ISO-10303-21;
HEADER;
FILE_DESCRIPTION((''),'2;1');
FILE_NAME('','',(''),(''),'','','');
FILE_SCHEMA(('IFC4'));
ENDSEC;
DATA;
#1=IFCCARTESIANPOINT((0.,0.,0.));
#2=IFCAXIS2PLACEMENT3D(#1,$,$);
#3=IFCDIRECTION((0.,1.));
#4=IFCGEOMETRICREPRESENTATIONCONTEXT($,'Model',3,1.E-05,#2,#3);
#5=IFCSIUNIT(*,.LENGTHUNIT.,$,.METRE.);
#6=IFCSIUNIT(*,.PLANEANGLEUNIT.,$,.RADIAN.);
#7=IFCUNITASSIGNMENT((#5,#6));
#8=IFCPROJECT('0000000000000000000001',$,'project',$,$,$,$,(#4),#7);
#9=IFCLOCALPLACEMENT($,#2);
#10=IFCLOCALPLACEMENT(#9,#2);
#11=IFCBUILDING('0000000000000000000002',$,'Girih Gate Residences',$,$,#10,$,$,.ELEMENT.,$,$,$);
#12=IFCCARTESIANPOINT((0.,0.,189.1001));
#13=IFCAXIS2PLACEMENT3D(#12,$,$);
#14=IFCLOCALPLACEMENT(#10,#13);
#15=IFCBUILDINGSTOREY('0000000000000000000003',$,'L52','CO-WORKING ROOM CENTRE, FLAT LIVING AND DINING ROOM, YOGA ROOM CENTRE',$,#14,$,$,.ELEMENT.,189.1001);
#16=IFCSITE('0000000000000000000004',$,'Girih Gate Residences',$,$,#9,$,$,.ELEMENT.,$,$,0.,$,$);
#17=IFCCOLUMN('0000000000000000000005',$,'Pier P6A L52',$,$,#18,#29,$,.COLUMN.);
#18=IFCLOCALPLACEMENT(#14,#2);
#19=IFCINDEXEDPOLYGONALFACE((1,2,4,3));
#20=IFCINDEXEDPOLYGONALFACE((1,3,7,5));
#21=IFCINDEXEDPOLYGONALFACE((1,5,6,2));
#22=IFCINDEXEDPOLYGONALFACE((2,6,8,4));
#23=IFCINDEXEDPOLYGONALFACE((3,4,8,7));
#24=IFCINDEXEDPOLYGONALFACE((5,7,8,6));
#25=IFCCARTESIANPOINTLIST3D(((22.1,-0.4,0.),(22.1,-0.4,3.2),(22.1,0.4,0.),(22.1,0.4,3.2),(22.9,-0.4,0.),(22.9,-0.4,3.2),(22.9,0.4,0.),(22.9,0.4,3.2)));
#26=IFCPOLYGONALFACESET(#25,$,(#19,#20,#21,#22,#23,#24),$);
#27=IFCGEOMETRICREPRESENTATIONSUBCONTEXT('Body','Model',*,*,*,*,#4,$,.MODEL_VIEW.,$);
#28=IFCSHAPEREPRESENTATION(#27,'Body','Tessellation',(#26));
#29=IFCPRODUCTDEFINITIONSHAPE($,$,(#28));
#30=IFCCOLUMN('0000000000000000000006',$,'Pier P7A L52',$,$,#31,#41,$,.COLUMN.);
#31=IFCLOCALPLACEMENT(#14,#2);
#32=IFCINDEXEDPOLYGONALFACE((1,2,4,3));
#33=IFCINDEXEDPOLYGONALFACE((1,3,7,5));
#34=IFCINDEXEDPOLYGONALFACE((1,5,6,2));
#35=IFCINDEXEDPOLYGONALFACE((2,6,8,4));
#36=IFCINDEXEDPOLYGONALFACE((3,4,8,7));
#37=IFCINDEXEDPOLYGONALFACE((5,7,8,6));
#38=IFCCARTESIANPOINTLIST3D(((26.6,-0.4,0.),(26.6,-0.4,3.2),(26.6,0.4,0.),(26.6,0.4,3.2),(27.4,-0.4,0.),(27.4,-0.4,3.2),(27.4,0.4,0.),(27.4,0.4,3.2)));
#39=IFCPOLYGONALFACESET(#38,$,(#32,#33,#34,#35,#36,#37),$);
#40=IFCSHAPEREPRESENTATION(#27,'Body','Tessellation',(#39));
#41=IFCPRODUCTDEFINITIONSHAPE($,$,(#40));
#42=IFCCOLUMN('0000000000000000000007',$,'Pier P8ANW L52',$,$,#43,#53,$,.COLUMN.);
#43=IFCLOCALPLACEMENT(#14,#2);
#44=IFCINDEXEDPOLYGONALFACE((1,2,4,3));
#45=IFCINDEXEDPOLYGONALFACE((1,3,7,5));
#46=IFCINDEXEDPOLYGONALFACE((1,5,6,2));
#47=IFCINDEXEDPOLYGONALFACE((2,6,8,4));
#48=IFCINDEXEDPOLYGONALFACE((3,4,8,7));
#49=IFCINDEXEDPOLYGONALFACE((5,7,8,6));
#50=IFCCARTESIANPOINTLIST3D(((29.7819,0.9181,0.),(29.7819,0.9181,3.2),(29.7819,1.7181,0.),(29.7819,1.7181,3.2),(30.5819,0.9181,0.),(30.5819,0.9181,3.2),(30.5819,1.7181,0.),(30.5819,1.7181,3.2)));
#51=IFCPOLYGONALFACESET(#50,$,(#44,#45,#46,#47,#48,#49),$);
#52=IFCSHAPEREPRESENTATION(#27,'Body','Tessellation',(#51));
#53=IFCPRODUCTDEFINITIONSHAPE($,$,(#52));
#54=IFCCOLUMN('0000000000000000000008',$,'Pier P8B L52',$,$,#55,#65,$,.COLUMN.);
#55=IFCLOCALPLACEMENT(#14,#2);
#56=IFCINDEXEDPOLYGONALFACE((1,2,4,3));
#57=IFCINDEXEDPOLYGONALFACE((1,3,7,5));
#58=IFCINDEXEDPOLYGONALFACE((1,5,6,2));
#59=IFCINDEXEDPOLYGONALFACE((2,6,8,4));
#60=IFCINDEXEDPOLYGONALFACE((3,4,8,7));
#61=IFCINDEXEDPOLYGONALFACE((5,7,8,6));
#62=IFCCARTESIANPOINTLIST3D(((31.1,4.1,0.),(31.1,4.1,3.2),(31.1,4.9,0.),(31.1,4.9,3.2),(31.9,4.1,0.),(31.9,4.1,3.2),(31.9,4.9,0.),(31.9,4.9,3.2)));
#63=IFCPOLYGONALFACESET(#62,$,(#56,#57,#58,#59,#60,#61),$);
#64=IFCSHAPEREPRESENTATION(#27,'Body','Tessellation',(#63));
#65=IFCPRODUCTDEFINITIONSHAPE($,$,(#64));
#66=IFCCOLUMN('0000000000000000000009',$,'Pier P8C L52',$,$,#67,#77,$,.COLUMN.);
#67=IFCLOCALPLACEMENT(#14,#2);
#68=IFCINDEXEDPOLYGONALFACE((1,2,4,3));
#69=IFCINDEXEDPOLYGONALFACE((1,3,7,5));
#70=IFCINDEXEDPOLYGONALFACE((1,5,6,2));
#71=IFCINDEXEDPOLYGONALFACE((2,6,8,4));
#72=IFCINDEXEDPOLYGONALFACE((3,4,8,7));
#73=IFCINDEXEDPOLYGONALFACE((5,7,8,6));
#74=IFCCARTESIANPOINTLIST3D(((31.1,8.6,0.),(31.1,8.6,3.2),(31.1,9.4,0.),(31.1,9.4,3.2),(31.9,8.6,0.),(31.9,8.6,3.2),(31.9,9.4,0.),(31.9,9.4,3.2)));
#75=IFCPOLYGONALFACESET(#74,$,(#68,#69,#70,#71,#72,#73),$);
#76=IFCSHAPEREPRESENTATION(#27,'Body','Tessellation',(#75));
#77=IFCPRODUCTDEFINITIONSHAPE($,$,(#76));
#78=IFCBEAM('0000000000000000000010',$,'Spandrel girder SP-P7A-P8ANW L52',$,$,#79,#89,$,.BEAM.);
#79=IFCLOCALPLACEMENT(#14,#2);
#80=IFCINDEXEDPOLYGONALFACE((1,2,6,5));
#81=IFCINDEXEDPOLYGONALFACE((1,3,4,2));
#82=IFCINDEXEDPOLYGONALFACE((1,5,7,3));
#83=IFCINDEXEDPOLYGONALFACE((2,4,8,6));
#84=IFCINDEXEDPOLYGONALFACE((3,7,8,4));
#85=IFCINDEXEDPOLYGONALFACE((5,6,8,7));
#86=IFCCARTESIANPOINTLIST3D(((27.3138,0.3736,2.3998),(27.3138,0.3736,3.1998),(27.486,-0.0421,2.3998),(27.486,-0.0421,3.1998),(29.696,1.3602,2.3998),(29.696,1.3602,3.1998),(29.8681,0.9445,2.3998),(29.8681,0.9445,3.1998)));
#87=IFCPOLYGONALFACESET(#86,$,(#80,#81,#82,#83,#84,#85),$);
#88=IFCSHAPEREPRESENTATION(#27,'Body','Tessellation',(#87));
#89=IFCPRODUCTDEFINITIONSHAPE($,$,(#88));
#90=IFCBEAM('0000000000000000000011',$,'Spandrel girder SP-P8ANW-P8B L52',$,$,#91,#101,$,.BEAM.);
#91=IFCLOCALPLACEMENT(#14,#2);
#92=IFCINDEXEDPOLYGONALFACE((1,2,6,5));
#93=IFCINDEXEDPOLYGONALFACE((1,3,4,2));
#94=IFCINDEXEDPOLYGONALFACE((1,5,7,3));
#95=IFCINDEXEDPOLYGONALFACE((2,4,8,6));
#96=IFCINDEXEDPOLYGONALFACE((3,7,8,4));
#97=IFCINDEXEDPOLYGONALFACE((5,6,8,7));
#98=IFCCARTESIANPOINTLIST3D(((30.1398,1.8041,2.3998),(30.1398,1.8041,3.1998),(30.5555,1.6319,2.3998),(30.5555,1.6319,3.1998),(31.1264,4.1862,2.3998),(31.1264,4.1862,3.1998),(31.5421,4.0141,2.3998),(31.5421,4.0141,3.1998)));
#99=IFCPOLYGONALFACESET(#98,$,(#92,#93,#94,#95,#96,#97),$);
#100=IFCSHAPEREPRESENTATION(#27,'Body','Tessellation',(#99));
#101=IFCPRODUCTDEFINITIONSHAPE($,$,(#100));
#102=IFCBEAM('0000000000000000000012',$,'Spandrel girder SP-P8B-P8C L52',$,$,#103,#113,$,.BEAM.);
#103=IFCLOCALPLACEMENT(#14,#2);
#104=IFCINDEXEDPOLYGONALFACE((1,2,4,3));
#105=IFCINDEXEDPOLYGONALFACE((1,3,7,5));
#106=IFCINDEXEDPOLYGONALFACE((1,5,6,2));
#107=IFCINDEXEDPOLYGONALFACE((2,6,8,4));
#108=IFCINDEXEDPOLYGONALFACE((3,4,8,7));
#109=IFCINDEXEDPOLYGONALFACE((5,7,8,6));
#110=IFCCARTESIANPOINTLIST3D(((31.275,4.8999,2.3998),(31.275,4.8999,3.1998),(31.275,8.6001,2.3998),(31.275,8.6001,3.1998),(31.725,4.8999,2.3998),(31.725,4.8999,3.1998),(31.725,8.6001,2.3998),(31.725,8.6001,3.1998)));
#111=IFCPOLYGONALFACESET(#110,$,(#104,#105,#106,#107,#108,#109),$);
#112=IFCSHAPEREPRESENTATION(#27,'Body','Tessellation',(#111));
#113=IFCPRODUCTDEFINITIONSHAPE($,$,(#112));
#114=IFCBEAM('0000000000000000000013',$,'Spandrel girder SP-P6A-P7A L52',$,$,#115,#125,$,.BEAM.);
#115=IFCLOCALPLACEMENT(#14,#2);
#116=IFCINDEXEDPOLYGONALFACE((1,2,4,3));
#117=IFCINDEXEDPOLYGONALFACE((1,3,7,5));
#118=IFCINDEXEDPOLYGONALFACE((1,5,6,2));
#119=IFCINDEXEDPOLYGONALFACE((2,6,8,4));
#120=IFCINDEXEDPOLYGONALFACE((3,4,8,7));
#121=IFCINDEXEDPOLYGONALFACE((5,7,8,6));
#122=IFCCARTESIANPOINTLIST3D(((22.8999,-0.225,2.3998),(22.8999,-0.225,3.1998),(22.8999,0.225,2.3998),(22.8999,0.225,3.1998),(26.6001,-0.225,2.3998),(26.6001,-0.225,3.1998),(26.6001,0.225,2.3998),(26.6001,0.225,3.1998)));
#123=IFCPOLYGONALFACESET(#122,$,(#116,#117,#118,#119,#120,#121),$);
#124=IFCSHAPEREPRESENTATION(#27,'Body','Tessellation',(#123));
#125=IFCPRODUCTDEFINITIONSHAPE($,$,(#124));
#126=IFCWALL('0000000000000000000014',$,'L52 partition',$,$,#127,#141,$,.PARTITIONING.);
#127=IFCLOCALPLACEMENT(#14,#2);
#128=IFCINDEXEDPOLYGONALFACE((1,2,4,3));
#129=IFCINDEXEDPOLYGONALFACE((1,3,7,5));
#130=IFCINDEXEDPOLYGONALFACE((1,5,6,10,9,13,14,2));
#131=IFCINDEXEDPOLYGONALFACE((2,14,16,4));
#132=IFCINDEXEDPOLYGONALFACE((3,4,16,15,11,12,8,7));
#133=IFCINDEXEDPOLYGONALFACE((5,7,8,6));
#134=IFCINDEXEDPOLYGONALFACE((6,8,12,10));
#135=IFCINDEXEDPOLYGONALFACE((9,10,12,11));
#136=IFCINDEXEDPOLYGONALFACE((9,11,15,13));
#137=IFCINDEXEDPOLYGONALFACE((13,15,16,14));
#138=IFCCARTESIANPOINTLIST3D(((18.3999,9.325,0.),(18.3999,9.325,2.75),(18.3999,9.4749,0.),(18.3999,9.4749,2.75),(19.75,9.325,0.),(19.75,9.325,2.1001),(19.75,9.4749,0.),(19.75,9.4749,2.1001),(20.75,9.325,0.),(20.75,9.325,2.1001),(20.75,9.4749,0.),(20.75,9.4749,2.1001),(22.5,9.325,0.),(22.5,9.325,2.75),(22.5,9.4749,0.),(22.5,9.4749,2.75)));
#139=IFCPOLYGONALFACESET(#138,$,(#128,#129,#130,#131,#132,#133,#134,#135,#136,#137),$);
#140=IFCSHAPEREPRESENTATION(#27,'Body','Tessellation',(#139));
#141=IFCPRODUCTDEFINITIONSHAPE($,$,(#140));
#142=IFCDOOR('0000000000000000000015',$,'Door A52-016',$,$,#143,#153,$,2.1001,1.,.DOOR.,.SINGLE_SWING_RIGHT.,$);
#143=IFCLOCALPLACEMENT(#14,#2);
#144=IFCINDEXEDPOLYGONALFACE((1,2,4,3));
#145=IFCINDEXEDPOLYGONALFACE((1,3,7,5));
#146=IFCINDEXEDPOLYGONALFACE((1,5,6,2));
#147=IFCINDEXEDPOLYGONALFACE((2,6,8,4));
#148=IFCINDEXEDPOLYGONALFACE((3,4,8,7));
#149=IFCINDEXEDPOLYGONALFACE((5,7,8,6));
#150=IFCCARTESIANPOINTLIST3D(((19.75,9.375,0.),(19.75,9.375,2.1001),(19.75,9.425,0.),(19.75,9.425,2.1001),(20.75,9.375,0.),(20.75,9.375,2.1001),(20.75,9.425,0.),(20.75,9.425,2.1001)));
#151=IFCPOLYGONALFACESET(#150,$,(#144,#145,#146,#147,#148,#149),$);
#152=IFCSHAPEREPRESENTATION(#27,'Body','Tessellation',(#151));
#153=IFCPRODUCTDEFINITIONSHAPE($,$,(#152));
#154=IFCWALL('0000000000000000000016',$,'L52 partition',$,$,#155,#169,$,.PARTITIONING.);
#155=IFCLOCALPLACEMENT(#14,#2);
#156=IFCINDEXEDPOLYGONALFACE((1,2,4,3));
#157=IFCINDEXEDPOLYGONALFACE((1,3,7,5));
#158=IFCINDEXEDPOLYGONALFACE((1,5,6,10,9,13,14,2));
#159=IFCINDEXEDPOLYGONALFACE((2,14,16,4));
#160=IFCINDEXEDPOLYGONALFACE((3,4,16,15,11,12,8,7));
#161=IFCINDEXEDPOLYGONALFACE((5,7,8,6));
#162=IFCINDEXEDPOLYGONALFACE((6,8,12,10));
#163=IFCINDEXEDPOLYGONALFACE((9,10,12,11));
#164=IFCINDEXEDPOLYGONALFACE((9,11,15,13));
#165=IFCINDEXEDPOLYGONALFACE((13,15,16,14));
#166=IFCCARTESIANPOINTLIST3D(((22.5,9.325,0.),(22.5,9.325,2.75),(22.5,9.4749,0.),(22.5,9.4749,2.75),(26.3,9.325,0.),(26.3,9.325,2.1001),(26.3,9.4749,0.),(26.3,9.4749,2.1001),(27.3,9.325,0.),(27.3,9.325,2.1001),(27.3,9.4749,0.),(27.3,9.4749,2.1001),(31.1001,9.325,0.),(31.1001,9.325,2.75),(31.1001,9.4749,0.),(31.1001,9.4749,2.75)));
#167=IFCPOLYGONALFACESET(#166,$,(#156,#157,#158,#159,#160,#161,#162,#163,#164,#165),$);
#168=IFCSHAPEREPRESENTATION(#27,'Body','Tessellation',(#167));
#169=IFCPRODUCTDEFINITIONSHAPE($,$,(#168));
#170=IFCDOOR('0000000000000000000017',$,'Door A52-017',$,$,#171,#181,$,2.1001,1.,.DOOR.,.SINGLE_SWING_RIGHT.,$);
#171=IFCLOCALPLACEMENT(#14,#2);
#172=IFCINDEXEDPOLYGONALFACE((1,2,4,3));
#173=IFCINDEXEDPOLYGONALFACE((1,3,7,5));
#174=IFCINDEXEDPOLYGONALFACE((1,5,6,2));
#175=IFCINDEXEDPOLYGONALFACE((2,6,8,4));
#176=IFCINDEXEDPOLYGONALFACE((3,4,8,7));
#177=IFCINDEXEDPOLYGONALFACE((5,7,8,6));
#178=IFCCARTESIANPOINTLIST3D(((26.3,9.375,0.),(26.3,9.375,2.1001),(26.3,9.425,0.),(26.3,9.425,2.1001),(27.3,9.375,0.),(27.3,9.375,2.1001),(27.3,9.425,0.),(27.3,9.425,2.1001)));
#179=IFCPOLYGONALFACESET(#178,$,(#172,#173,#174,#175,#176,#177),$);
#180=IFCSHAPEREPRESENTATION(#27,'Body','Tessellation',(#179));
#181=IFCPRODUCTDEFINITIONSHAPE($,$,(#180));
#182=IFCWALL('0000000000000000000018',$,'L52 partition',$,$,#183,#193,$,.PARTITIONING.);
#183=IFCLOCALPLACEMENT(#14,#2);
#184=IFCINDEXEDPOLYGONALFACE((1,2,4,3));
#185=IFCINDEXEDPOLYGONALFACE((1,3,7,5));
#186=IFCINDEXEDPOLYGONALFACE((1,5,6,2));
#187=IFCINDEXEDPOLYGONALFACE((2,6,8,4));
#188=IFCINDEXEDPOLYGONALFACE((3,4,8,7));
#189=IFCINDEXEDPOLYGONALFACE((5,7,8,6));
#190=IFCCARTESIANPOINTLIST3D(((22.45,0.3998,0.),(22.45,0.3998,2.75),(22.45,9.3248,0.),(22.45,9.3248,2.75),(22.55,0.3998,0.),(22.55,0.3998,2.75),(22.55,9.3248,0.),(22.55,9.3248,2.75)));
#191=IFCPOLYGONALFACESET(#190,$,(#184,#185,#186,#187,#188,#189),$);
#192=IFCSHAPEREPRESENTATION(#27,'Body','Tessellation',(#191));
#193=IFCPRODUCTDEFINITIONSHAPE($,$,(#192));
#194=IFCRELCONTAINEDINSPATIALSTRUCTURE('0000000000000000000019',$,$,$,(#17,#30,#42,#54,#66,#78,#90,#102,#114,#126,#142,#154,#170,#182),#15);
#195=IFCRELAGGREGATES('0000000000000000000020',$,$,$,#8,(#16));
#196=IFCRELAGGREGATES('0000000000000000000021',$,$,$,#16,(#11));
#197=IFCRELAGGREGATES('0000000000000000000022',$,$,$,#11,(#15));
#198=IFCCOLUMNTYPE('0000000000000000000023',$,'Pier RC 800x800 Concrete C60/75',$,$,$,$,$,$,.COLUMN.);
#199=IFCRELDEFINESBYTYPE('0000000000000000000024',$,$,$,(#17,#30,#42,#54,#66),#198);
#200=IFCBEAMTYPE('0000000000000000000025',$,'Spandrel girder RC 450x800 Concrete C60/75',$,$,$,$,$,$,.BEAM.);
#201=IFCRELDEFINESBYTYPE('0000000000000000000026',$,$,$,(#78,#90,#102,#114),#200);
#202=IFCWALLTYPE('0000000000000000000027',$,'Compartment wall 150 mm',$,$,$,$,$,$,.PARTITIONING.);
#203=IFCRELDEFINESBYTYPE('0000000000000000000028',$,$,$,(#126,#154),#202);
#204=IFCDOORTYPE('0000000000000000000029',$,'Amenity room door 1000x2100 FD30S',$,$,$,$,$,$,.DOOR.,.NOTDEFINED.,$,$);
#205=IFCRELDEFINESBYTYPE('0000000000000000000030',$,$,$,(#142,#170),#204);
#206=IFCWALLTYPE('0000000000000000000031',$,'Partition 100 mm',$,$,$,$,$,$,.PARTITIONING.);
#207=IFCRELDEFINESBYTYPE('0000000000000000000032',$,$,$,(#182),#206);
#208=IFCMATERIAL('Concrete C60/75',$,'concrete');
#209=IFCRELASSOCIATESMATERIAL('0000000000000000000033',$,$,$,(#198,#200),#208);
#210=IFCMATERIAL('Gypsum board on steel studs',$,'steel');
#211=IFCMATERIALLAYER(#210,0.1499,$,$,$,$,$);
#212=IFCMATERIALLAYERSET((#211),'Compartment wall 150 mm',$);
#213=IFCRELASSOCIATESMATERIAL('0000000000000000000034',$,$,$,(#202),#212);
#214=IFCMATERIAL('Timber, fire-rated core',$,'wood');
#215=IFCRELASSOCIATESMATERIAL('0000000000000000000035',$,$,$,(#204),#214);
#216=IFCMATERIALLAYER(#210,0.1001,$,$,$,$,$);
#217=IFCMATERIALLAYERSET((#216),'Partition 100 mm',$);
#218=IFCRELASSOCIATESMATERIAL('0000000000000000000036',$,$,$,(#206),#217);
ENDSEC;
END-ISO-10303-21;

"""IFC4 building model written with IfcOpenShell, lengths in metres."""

from ifc_helpers import new_model, si_unit, direction, frame, frame_2d, origin, origin_2d, place, context, subcontext, project, spatial, rectangle, extrude, material, layer, layer_set, material_profile, profile_set, type_object, element, fill, save


model = new_model("IFC4")

# Units and contexts
model_context = context("Model", 3, precision=1e-05, world=origin(), true_north=direction((0.0, 1.0)))
body_context = subcontext(model_context, "Body", "Model", "MODEL_VIEW")
ifc_project = project(units=[si_unit("LENGTHUNIT", "METRE"), si_unit("PLANEANGLEUNIT", "RADIAN")], contexts=[model_context])

# Site, building, storey
site_placement = place(None, origin())
site = spatial("IfcSite", under=ifc_project, at=site_placement, Name="Girih Gate Residences", CompositionType="ELEMENT", RefElevation=0.0)
building_placement = place(site_placement, origin())
building = spatial("IfcBuilding", under=site, at=building_placement, Name="Girih Gate Residences", CompositionType="ELEMENT")
storey_placement = place(building_placement, frame((0.0, 0.0, 189.1001)))
storey = spatial("IfcBuildingStorey", under=building, at=storey_placement, Name="L52", Description="CO-WORKING ROOM CENTRE, FLAT LIVING AND DINING ROOM, YOGA ROOM CENTRE", CompositionType="ELEMENT", Elevation=189.1001)

# Columns
ifc_material_1 = material(Name="Concrete C60/75", Category="concrete")
ifc_material_profile_1 = material_profile(ifc_material_1, rectangle(XDim=0.8, YDim=0.8, at=origin_2d()))
ifc_profile_set_1 = profile_set([ifc_material_profile_1], Name="Concrete C60/75")
column_type = type_object("IfcColumnType", Name="Pier RC 800x800 Concrete C60/75", PredefinedType="COLUMN", material=ifc_profile_set_1)
for number, where, z_axis, x_axis, name in (
    (1, (22.5, 0.0, 0.0), (0.0, 0.0, 1.0), (1.0, 0.0, 0.0), "Pier P6A L52"),
    (2, (27.0, 0.0, 0.0), (0.0, 0.0, 1.0), (1.0, 0.0, 0.0), "Pier P7A L52"),
    (3, (30.1819, 1.3181, 0.0), (0.0, 0.0, 1.0), (1.0, 0.0, 0.0), "Pier P8ANW L52"),
    (4, (31.5, 4.5, 0.0), (0.0, 0.0, 1.0), (1.0, 0.0, 0.0), "Pier P8B L52"),
    (5, (31.5, 9.0, 0.0), (0.0, 0.0, 1.0), (1.0, 0.0, 0.0), "Pier P8C L52"),
):
    element("IfcColumn", number, at=place(storey_placement, frame(where, z_axis=z_axis, x_axis=x_axis)), inside=storey, type_object=column_type, Name=name, PredefinedType="COLUMN", context=body_context, shape_type="SweptSolid", body=[
        extrude(rectangle(XDim=0.8, YDim=0.8, at=origin_2d()), origin(), (0.0, 0.0, 1.0), 3.2),
    ])

# Beams
ifc_material_profile_2 = material_profile(ifc_material_1, rectangle(XDim=0.45, YDim=0.8, at=origin_2d()))
ifc_profile_set_2 = profile_set([ifc_material_profile_2], Name="Concrete C60/75")
beam_type = type_object("IfcBeamType", Name="Spandrel girder RC 450x800 Concrete C60/75", PredefinedType="BEAM", material=ifc_profile_set_2)
for number, where, z_axis, x_axis, name in (
    (6, (27.3999, 0.1658, 2.7998), (0.923896, 0.382644, 0.0), (-0.382644, 0.923896, 0.0), "Spandrel girder SP-P7A-P8ANW L52"),
    (7, (30.3477, 1.718, 2.7998), (0.382644, 0.923896, 0.0), (-0.923896, 0.382644, 0.0), "Spandrel girder SP-P8ANW-P8B L52"),
):
    element("IfcBeam", number, at=place(storey_placement, frame(where, z_axis=z_axis, x_axis=x_axis)), inside=storey, type_object=beam_type, Name=name, PredefinedType="BEAM", context=body_context, shape_type="SweptSolid", body=[
        extrude(rectangle(XDim=0.45, YDim=0.8, at=origin_2d()), origin(), (0.0, 0.0, 1.0), 2.5784),
    ])
for number, where, z_axis, x_axis, name in (
    (8, (31.5, 4.8999, 2.7998), (0.0, 1.0, 0.0), (-1.0, 0.0, 0.0), "Spandrel girder SP-P8B-P8C L52"),
    (9, (22.8999, 0.0, 2.7998), (1.0, 0.0, 0.0), (0.0, 1.0, 0.0), "Spandrel girder SP-P6A-P7A L52"),
):
    element("IfcBeam", number, at=place(storey_placement, frame(where, z_axis=z_axis, x_axis=x_axis)), inside=storey, type_object=beam_type, Name=name, PredefinedType="BEAM", context=body_context, shape_type="SweptSolid", body=[
        extrude(rectangle(XDim=0.45, YDim=0.8, at=origin_2d()), origin(), (0.0, 0.0, 1.0), 3.7002),
    ])

# Walls, openings, doors
ifc_material_2 = material(Name="Gypsum board on steel studs", Category="steel")
ifc_layer_1 = layer(ifc_material_2, 0.1499)
ifc_layer_set_1 = layer_set([ifc_layer_1], Name="Compartment wall 150 mm")
wall_type_1 = type_object("IfcWallType", Name="Compartment wall 150 mm", PredefinedType="PARTITIONING", material=ifc_layer_set_1)
wall_1_placement = place(storey_placement, frame((22.5, 9.3999, 0.0), z_axis=(0.0, 0.0, 1.0), x_axis=(-1.0, 0.0, 0.0)))
wall_1 = element("IfcWall", 10, at=wall_1_placement, inside=storey, type_object=wall_type_1, Name="L52 partition", PredefinedType="PARTITIONING", context=body_context, shape_type="SweptSolid", body=[
    extrude(rectangle(XDim=4.1001, YDim=0.1499, at=frame_2d((2.05, 0.0))), origin(), (0.0, 0.0, 1.0), 2.75),
])
opening_1_placement = place(wall_1_placement, frame((1.75, 0.0, 0.0)))
opening_1 = element("IfcOpeningElement", 11, at=opening_1_placement, cuts=wall_1, PredefinedType="OPENING", context=body_context, shape_type="SweptSolid", body=[
    extrude(rectangle(XDim=1.0, YDim=2.1001, at=frame_2d((0.5, 1.05))), frame((0.0, 0.085, 0.0), z_axis=(0.0, -1.0, 0.0), x_axis=(1.0, 0.0, 0.0)), (0.0, 0.0, 1.0), 0.1699),
])
ifc_material_3 = material(Name="Timber, fire-rated core", Category="wood")
door_type = type_object("IfcDoorType", Name="Amenity room door 1000x2100 FD30S", OperationType="NOTDEFINED", PredefinedType="DOOR", material=ifc_material_3)
door_1_placement = place(opening_1_placement, origin())
door_1 = element("IfcDoor", 12, at=door_1_placement, inside=storey, type_object=door_type, Name="Door A52-016", OperationType="SINGLE_SWING_RIGHT", OverallHeight=2.1001, OverallWidth=1.0, PredefinedType="DOOR", context=body_context, shape_type="SweptSolid", body=[
    extrude(rectangle(XDim=1.0, YDim=2.1001, at=frame_2d((0.5, 1.05))), frame((0.0, 0.0249, 0.0), z_axis=(0.0, -1.0, 0.0), x_axis=(1.0, 0.0, 0.0)), (0.0, 0.0, 1.0), 0.05),
])
fill(opening_1, door_1)
wall_2_placement = place(storey_placement, frame((31.1001, 9.3999, 0.0), z_axis=(0.0, 0.0, 1.0), x_axis=(-1.0, 0.0, 0.0)))
wall_2 = element("IfcWall", 13, at=wall_2_placement, inside=storey, type_object=wall_type_1, Name="L52 partition", PredefinedType="PARTITIONING", context=body_context, shape_type="SweptSolid", body=[
    extrude(rectangle(XDim=8.6001, YDim=0.1499, at=frame_2d((4.3, 0.0))), origin(), (0.0, 0.0, 1.0), 2.75),
])
opening_2_placement = place(wall_2_placement, frame((3.8, 0.0, 0.0)))
opening_2 = element("IfcOpeningElement", 14, at=opening_2_placement, cuts=wall_2, PredefinedType="OPENING", context=body_context, shape_type="SweptSolid", body=[
    extrude(rectangle(XDim=1.0, YDim=2.1001, at=frame_2d((0.5, 1.05))), frame((0.0, 0.085, 0.0), z_axis=(0.0, -1.0, 0.0), x_axis=(1.0, 0.0, 0.0)), (0.0, 0.0, 1.0), 0.1699),
])
door_2_placement = place(opening_2_placement, origin())
door_2 = element("IfcDoor", 15, at=door_2_placement, inside=storey, type_object=door_type, Name="Door A52-017", OperationType="SINGLE_SWING_RIGHT", OverallHeight=2.1001, OverallWidth=1.0, PredefinedType="DOOR", context=body_context, shape_type="SweptSolid", body=[
    extrude(rectangle(XDim=1.0, YDim=2.1001, at=frame_2d((0.5, 1.05))), frame((0.0, 0.0249, 0.0), z_axis=(0.0, -1.0, 0.0), x_axis=(1.0, 0.0, 0.0)), (0.0, 0.0, 1.0), 0.05),
])
fill(opening_2, door_2)

# Wall
ifc_layer_2 = layer(ifc_material_2, 0.1001)
ifc_layer_set_2 = layer_set([ifc_layer_2], Name="Partition 100 mm")
wall_type_2 = type_object("IfcWallType", Name="Partition 100 mm", PredefinedType="PARTITIONING", material=ifc_layer_set_2)
wall_3_placement = place(storey_placement, frame((22.5, 0.3999, 0.0), z_axis=(0.0, 0.0, 1.0), x_axis=(0.0, 1.0, 0.0)))
element("IfcWall", 16, at=wall_3_placement, inside=storey, type_object=wall_type_2, Name="L52 partition", PredefinedType="PARTITIONING", context=body_context, shape_type="SweptSolid", body=[
    extrude(rectangle(XDim=8.925, YDim=0.1001, at=frame_2d((4.4624, 0.0))), origin(), (0.0, 0.0, 1.0), 2.75),
])

save(model, "model.ifc")
